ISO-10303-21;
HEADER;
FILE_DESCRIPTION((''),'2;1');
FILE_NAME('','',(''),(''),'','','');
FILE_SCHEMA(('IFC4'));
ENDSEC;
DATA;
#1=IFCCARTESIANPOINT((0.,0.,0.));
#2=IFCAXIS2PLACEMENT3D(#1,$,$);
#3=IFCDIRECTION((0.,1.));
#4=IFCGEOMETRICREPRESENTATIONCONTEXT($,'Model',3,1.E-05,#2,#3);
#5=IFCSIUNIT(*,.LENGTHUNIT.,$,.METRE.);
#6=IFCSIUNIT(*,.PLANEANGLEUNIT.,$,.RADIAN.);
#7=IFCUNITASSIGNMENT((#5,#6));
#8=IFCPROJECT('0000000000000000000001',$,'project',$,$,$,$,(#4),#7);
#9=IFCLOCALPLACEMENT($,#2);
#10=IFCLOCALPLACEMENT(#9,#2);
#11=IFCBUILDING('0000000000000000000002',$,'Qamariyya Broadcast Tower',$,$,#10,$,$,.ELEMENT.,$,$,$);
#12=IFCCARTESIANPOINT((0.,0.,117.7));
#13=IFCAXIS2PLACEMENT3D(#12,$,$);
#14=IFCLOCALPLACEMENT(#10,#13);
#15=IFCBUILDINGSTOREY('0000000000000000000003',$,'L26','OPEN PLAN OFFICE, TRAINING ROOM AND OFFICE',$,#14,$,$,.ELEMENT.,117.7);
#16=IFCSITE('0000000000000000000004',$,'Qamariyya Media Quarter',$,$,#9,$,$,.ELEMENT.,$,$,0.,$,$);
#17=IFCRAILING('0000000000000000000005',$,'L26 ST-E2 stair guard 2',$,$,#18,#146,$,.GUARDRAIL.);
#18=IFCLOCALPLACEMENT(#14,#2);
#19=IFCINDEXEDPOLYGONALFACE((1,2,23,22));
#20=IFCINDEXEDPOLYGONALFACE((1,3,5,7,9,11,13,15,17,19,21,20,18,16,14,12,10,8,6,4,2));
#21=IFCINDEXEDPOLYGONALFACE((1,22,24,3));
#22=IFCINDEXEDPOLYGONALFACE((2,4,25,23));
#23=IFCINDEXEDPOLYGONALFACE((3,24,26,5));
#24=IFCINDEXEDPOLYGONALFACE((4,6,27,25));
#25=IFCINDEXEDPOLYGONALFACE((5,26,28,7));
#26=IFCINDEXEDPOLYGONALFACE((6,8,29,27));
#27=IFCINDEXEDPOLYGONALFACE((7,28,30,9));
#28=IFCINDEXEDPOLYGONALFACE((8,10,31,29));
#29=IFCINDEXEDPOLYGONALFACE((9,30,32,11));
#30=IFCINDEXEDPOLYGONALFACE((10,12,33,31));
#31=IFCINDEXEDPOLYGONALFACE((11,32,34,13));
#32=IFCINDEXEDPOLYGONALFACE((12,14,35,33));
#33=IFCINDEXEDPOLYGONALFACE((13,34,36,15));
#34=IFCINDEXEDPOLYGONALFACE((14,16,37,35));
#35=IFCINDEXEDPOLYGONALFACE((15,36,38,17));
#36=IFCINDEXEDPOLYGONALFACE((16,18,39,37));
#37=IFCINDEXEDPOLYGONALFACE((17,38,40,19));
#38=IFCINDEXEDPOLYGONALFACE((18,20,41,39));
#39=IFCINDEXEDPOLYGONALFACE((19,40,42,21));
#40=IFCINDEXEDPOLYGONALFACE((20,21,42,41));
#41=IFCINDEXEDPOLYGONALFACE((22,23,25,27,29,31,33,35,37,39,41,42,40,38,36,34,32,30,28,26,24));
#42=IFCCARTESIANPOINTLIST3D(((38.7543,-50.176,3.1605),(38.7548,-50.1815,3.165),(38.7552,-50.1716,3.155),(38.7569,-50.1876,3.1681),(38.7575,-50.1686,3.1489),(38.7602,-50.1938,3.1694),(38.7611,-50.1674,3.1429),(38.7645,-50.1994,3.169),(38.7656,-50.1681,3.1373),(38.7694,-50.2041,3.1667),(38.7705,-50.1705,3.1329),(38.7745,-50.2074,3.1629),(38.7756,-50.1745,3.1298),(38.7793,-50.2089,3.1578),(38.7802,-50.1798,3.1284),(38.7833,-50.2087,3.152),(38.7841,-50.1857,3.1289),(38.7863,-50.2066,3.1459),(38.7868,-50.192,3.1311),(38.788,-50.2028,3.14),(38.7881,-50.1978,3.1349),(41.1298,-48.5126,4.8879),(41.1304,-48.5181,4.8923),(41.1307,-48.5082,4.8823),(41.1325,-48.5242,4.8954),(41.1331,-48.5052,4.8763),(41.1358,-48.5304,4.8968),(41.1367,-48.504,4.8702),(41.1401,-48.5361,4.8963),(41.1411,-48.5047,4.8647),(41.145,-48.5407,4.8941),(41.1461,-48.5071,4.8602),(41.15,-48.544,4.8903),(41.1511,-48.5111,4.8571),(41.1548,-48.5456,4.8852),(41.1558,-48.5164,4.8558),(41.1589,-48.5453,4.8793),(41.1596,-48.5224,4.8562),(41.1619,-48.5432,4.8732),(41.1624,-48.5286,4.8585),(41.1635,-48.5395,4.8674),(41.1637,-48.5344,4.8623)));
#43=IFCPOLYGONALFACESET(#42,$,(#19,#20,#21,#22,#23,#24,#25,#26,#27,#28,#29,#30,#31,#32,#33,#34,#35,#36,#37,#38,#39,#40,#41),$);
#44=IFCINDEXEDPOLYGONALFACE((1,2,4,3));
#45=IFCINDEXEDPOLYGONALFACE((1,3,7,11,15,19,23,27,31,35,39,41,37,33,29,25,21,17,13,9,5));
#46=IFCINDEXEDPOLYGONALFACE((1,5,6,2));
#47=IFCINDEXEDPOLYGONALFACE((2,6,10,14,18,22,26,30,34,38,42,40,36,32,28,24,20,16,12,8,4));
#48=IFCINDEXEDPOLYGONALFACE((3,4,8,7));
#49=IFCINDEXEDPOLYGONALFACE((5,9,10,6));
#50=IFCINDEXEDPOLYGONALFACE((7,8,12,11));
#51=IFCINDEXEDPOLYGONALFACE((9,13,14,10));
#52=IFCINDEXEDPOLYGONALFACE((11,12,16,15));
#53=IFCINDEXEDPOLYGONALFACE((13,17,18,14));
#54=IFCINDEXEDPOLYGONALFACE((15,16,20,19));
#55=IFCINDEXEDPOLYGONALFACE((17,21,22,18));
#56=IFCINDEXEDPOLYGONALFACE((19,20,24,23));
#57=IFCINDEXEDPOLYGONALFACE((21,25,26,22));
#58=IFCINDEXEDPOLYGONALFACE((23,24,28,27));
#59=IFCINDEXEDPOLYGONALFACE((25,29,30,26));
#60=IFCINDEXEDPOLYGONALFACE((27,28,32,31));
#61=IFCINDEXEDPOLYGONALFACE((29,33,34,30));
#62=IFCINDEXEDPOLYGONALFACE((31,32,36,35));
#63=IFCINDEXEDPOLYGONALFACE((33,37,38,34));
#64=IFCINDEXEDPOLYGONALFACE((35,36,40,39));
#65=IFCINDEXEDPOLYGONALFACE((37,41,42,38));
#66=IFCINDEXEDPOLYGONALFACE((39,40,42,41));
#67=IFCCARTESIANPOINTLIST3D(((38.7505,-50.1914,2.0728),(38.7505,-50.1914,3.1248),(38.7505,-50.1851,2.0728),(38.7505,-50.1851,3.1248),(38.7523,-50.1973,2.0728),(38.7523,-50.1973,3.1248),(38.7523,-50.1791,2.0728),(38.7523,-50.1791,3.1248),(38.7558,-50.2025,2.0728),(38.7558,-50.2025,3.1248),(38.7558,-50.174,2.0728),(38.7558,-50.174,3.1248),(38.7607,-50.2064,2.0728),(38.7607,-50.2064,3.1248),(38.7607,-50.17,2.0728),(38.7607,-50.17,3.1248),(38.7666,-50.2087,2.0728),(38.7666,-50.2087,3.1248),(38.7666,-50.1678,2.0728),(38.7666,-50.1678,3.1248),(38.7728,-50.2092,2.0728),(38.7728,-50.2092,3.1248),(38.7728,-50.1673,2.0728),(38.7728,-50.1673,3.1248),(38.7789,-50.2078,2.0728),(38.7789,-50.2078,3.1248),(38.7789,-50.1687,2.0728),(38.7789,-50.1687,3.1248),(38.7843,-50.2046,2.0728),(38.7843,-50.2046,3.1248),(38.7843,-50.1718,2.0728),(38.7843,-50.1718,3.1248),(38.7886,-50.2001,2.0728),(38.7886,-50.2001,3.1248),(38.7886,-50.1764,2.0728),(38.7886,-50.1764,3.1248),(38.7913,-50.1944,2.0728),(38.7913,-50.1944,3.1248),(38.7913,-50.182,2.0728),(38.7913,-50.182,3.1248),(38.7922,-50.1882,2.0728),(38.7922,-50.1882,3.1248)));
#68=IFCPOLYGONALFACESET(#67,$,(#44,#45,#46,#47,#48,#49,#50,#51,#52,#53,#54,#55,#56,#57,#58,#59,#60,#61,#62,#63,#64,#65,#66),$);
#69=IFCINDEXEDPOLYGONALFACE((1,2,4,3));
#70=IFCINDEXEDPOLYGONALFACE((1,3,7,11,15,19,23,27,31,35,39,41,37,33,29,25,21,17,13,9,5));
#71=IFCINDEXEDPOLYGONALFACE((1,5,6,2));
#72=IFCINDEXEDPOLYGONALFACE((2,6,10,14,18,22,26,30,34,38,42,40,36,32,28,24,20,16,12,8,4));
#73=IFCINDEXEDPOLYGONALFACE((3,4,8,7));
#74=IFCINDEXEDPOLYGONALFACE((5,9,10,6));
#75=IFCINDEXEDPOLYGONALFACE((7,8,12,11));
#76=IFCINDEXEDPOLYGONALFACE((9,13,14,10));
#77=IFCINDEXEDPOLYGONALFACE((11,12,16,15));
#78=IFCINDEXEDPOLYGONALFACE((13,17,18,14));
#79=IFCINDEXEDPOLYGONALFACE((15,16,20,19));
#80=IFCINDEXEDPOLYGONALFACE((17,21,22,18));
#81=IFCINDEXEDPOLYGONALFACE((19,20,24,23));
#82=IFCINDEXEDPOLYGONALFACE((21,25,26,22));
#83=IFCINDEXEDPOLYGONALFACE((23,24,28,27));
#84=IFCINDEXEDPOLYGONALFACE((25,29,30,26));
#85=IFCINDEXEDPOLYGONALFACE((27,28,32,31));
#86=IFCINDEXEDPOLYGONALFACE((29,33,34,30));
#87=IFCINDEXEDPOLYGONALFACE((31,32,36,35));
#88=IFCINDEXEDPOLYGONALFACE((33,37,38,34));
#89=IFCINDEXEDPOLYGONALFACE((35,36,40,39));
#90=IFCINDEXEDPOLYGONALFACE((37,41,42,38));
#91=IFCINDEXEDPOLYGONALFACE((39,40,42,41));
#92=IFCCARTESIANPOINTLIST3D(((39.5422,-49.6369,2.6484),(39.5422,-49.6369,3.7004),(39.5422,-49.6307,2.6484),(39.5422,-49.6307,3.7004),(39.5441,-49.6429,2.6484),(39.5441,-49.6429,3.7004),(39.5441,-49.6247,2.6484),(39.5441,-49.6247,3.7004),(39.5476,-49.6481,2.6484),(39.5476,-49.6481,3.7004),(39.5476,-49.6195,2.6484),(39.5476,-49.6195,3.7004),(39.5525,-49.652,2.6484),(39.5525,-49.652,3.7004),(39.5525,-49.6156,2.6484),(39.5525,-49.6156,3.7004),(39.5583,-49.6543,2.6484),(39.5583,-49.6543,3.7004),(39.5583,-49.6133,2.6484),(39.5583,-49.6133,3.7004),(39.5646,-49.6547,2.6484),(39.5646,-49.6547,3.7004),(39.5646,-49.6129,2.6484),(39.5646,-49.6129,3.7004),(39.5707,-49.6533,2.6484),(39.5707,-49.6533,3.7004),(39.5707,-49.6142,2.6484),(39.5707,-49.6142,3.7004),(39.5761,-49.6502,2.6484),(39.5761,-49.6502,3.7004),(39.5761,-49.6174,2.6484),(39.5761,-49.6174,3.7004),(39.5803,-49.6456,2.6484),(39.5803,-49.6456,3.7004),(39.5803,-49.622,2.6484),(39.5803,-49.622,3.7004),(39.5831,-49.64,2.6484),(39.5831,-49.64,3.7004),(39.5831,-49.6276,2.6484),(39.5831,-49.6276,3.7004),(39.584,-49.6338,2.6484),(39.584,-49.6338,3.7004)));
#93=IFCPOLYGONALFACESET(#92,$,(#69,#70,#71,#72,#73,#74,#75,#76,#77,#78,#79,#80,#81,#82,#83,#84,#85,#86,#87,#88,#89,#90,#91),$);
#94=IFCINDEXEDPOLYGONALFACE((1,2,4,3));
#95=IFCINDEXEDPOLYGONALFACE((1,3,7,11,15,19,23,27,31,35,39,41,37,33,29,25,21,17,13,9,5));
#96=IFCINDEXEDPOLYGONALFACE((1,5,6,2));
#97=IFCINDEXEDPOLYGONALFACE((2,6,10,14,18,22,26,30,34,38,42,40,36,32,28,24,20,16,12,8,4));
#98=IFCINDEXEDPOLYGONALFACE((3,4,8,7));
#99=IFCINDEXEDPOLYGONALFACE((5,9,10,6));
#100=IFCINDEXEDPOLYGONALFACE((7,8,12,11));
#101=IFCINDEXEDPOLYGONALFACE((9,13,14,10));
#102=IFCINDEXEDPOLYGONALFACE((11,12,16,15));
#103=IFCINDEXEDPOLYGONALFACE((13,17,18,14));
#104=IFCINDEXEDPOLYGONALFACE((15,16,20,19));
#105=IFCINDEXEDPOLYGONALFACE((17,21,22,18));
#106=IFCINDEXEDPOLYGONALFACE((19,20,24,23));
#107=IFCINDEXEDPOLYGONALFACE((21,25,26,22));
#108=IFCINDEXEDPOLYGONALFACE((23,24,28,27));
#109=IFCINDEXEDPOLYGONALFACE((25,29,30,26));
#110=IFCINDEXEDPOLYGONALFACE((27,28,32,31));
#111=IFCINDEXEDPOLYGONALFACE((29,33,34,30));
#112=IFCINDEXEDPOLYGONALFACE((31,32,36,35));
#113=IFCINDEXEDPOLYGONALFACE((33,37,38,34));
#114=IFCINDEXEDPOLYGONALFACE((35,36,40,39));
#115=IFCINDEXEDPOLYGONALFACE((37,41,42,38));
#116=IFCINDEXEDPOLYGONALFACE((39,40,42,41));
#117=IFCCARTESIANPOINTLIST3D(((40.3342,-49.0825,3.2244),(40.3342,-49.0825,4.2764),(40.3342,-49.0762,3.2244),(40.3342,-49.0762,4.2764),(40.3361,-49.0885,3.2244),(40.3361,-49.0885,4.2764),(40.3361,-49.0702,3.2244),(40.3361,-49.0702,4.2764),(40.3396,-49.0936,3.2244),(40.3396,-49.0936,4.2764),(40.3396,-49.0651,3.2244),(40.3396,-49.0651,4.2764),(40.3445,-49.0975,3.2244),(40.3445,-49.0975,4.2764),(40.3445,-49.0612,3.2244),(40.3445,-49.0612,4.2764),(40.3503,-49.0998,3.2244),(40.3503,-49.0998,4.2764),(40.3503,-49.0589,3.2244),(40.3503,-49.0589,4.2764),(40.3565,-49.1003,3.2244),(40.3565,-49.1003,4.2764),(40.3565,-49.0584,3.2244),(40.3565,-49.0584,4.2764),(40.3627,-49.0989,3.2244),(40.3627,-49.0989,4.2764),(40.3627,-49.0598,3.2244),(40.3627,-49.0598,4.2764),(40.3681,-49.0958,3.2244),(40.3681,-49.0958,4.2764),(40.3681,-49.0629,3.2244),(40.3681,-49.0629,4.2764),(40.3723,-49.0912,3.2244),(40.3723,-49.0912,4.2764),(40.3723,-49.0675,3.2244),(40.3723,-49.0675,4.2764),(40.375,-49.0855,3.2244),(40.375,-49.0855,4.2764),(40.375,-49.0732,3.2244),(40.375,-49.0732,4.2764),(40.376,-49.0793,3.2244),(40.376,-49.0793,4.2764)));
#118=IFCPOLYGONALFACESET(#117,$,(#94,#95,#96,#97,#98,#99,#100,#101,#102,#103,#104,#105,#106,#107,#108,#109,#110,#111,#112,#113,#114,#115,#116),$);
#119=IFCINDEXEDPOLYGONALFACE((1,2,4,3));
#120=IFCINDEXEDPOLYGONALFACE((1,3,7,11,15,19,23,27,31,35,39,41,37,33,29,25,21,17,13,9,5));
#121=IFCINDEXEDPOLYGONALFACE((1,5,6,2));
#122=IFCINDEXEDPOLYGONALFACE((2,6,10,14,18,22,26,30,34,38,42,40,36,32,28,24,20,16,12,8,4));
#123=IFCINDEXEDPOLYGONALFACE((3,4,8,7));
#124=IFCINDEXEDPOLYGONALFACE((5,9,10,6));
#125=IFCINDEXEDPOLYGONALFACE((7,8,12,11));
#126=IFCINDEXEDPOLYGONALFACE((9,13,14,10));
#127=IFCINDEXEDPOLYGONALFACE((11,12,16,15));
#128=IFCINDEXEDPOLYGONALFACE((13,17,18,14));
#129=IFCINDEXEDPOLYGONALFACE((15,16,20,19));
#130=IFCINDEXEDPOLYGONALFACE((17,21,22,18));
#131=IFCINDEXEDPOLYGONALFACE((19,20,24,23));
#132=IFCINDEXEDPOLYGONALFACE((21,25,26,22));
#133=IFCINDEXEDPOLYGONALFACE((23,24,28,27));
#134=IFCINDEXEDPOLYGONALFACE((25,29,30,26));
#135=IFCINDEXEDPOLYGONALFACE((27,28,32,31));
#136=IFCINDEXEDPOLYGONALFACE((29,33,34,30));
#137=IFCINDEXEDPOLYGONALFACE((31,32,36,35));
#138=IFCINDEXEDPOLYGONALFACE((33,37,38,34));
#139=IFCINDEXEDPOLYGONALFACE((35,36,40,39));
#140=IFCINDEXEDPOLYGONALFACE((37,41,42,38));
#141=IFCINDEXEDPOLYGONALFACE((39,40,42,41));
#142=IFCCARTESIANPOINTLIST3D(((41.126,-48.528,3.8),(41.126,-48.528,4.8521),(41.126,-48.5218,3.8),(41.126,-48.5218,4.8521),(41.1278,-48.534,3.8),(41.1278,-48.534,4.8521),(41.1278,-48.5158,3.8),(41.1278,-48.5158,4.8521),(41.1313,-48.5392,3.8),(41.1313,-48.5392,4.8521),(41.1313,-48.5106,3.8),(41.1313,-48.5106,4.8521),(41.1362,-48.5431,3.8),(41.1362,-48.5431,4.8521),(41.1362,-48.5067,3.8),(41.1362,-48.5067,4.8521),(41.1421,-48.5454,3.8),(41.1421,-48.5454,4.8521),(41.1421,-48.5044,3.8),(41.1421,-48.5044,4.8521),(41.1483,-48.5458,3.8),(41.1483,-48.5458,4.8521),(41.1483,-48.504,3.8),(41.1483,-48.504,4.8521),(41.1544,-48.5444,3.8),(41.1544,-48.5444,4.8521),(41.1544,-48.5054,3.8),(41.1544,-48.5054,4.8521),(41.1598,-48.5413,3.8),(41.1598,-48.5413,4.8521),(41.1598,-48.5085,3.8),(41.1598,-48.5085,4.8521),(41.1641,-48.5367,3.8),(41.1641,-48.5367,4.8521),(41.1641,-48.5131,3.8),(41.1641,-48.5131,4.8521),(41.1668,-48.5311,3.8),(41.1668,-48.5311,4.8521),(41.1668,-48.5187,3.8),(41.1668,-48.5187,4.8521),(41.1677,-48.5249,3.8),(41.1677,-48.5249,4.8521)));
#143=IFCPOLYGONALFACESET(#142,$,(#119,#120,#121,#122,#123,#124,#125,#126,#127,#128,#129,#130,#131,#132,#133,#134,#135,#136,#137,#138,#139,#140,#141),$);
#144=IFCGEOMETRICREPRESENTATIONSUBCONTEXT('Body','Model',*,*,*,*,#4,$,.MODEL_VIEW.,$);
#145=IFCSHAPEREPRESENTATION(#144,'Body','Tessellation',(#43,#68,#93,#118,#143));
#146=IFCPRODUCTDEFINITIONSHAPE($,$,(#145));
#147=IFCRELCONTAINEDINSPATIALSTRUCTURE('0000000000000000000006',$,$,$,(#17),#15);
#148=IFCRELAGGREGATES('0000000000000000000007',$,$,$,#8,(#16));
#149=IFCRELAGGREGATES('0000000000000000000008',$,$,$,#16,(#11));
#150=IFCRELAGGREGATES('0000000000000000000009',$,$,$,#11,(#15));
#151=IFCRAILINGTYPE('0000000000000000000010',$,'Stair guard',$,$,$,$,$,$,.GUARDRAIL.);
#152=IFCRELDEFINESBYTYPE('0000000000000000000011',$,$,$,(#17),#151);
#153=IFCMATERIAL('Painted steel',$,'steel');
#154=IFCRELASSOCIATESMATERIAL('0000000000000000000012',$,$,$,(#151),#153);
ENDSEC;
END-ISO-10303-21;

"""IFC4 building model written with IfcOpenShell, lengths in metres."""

from ifc_helpers import new_model, si_unit, direction, frame, origin, origin_2d, place, context, subcontext, project, spatial, circle, extrude, material, type_object, element, save


model = new_model("IFC4")

# Units and contexts
model_context = context("Model", 3, precision=1e-05, world=origin(), true_north=direction((0.0, 1.0)))
body_context = subcontext(model_context, "Body", "Model", "MODEL_VIEW")
ifc_project = project(units=[si_unit("LENGTHUNIT", "METRE"), si_unit("PLANEANGLEUNIT", "RADIAN")], contexts=[model_context])

# Site, building, storey
site_placement = place(None, origin())
site = spatial("IfcSite", under=ifc_project, at=site_placement, Name="Qamariyya Media Quarter", CompositionType="ELEMENT", RefElevation=0.0)
building_placement = place(site_placement, origin())
building = spatial("IfcBuilding", under=site, at=building_placement, Name="Qamariyya Broadcast Tower", CompositionType="ELEMENT")
storey_placement = place(building_placement, frame((0.0, 0.0, 117.7)))
storey = spatial("IfcBuildingStorey", under=building, at=storey_placement, Name="L26", Description="OPEN PLAN OFFICE, TRAINING ROOM AND OFFICE", CompositionType="ELEMENT", Elevation=117.7)

# Railing
ifc_material_1 = material(Name="Painted steel", Category="steel")
railing_type_1 = type_object("IfcRailingType", Name="Stair guard", PredefinedType="GUARDRAIL", material=ifc_material_1)
railing_1_placement = place(storey_placement, frame((38.7712, -50.1882, 2.0728)))
element("IfcRailing", 1, at=railing_1_placement, inside=storey, type_object=railing_type_1, Name="L26 ST-E2 stair guard 2", PredefinedType="GUARDRAIL", context=body_context, shape_type="SweptSolid", body=[
    extrude(circle(Radius=0.0239, at=origin_2d()), frame((0.0, 0.0, 1.0762), z_axis=(0.70377, 0.492784, 0.511734), x_axis=(-0.573575, 0.819153, 0.0)), (0.0, 0.0, 1.0), 3.3755),
    extrude(circle(Radius=0.021, at=origin_2d()), origin(), (0.0, 0.0, 1.0), 1.052),
    extrude(circle(Radius=0.021, at=origin_2d()), frame((0.7917, 0.5544, 0.5757)), (0.0, 0.0, 1.0), 1.052),
    extrude(circle(Radius=0.021, at=origin_2d()), frame((1.5837, 1.1089, 1.1516)), (0.0, 0.0, 1.0), 1.052),
    extrude(circle(Radius=0.021, at=origin_2d()), frame((2.3755, 1.6633, 1.7273)), (0.0, 0.0, 1.0), 1.052),
])

save(model, "model.ifc")
